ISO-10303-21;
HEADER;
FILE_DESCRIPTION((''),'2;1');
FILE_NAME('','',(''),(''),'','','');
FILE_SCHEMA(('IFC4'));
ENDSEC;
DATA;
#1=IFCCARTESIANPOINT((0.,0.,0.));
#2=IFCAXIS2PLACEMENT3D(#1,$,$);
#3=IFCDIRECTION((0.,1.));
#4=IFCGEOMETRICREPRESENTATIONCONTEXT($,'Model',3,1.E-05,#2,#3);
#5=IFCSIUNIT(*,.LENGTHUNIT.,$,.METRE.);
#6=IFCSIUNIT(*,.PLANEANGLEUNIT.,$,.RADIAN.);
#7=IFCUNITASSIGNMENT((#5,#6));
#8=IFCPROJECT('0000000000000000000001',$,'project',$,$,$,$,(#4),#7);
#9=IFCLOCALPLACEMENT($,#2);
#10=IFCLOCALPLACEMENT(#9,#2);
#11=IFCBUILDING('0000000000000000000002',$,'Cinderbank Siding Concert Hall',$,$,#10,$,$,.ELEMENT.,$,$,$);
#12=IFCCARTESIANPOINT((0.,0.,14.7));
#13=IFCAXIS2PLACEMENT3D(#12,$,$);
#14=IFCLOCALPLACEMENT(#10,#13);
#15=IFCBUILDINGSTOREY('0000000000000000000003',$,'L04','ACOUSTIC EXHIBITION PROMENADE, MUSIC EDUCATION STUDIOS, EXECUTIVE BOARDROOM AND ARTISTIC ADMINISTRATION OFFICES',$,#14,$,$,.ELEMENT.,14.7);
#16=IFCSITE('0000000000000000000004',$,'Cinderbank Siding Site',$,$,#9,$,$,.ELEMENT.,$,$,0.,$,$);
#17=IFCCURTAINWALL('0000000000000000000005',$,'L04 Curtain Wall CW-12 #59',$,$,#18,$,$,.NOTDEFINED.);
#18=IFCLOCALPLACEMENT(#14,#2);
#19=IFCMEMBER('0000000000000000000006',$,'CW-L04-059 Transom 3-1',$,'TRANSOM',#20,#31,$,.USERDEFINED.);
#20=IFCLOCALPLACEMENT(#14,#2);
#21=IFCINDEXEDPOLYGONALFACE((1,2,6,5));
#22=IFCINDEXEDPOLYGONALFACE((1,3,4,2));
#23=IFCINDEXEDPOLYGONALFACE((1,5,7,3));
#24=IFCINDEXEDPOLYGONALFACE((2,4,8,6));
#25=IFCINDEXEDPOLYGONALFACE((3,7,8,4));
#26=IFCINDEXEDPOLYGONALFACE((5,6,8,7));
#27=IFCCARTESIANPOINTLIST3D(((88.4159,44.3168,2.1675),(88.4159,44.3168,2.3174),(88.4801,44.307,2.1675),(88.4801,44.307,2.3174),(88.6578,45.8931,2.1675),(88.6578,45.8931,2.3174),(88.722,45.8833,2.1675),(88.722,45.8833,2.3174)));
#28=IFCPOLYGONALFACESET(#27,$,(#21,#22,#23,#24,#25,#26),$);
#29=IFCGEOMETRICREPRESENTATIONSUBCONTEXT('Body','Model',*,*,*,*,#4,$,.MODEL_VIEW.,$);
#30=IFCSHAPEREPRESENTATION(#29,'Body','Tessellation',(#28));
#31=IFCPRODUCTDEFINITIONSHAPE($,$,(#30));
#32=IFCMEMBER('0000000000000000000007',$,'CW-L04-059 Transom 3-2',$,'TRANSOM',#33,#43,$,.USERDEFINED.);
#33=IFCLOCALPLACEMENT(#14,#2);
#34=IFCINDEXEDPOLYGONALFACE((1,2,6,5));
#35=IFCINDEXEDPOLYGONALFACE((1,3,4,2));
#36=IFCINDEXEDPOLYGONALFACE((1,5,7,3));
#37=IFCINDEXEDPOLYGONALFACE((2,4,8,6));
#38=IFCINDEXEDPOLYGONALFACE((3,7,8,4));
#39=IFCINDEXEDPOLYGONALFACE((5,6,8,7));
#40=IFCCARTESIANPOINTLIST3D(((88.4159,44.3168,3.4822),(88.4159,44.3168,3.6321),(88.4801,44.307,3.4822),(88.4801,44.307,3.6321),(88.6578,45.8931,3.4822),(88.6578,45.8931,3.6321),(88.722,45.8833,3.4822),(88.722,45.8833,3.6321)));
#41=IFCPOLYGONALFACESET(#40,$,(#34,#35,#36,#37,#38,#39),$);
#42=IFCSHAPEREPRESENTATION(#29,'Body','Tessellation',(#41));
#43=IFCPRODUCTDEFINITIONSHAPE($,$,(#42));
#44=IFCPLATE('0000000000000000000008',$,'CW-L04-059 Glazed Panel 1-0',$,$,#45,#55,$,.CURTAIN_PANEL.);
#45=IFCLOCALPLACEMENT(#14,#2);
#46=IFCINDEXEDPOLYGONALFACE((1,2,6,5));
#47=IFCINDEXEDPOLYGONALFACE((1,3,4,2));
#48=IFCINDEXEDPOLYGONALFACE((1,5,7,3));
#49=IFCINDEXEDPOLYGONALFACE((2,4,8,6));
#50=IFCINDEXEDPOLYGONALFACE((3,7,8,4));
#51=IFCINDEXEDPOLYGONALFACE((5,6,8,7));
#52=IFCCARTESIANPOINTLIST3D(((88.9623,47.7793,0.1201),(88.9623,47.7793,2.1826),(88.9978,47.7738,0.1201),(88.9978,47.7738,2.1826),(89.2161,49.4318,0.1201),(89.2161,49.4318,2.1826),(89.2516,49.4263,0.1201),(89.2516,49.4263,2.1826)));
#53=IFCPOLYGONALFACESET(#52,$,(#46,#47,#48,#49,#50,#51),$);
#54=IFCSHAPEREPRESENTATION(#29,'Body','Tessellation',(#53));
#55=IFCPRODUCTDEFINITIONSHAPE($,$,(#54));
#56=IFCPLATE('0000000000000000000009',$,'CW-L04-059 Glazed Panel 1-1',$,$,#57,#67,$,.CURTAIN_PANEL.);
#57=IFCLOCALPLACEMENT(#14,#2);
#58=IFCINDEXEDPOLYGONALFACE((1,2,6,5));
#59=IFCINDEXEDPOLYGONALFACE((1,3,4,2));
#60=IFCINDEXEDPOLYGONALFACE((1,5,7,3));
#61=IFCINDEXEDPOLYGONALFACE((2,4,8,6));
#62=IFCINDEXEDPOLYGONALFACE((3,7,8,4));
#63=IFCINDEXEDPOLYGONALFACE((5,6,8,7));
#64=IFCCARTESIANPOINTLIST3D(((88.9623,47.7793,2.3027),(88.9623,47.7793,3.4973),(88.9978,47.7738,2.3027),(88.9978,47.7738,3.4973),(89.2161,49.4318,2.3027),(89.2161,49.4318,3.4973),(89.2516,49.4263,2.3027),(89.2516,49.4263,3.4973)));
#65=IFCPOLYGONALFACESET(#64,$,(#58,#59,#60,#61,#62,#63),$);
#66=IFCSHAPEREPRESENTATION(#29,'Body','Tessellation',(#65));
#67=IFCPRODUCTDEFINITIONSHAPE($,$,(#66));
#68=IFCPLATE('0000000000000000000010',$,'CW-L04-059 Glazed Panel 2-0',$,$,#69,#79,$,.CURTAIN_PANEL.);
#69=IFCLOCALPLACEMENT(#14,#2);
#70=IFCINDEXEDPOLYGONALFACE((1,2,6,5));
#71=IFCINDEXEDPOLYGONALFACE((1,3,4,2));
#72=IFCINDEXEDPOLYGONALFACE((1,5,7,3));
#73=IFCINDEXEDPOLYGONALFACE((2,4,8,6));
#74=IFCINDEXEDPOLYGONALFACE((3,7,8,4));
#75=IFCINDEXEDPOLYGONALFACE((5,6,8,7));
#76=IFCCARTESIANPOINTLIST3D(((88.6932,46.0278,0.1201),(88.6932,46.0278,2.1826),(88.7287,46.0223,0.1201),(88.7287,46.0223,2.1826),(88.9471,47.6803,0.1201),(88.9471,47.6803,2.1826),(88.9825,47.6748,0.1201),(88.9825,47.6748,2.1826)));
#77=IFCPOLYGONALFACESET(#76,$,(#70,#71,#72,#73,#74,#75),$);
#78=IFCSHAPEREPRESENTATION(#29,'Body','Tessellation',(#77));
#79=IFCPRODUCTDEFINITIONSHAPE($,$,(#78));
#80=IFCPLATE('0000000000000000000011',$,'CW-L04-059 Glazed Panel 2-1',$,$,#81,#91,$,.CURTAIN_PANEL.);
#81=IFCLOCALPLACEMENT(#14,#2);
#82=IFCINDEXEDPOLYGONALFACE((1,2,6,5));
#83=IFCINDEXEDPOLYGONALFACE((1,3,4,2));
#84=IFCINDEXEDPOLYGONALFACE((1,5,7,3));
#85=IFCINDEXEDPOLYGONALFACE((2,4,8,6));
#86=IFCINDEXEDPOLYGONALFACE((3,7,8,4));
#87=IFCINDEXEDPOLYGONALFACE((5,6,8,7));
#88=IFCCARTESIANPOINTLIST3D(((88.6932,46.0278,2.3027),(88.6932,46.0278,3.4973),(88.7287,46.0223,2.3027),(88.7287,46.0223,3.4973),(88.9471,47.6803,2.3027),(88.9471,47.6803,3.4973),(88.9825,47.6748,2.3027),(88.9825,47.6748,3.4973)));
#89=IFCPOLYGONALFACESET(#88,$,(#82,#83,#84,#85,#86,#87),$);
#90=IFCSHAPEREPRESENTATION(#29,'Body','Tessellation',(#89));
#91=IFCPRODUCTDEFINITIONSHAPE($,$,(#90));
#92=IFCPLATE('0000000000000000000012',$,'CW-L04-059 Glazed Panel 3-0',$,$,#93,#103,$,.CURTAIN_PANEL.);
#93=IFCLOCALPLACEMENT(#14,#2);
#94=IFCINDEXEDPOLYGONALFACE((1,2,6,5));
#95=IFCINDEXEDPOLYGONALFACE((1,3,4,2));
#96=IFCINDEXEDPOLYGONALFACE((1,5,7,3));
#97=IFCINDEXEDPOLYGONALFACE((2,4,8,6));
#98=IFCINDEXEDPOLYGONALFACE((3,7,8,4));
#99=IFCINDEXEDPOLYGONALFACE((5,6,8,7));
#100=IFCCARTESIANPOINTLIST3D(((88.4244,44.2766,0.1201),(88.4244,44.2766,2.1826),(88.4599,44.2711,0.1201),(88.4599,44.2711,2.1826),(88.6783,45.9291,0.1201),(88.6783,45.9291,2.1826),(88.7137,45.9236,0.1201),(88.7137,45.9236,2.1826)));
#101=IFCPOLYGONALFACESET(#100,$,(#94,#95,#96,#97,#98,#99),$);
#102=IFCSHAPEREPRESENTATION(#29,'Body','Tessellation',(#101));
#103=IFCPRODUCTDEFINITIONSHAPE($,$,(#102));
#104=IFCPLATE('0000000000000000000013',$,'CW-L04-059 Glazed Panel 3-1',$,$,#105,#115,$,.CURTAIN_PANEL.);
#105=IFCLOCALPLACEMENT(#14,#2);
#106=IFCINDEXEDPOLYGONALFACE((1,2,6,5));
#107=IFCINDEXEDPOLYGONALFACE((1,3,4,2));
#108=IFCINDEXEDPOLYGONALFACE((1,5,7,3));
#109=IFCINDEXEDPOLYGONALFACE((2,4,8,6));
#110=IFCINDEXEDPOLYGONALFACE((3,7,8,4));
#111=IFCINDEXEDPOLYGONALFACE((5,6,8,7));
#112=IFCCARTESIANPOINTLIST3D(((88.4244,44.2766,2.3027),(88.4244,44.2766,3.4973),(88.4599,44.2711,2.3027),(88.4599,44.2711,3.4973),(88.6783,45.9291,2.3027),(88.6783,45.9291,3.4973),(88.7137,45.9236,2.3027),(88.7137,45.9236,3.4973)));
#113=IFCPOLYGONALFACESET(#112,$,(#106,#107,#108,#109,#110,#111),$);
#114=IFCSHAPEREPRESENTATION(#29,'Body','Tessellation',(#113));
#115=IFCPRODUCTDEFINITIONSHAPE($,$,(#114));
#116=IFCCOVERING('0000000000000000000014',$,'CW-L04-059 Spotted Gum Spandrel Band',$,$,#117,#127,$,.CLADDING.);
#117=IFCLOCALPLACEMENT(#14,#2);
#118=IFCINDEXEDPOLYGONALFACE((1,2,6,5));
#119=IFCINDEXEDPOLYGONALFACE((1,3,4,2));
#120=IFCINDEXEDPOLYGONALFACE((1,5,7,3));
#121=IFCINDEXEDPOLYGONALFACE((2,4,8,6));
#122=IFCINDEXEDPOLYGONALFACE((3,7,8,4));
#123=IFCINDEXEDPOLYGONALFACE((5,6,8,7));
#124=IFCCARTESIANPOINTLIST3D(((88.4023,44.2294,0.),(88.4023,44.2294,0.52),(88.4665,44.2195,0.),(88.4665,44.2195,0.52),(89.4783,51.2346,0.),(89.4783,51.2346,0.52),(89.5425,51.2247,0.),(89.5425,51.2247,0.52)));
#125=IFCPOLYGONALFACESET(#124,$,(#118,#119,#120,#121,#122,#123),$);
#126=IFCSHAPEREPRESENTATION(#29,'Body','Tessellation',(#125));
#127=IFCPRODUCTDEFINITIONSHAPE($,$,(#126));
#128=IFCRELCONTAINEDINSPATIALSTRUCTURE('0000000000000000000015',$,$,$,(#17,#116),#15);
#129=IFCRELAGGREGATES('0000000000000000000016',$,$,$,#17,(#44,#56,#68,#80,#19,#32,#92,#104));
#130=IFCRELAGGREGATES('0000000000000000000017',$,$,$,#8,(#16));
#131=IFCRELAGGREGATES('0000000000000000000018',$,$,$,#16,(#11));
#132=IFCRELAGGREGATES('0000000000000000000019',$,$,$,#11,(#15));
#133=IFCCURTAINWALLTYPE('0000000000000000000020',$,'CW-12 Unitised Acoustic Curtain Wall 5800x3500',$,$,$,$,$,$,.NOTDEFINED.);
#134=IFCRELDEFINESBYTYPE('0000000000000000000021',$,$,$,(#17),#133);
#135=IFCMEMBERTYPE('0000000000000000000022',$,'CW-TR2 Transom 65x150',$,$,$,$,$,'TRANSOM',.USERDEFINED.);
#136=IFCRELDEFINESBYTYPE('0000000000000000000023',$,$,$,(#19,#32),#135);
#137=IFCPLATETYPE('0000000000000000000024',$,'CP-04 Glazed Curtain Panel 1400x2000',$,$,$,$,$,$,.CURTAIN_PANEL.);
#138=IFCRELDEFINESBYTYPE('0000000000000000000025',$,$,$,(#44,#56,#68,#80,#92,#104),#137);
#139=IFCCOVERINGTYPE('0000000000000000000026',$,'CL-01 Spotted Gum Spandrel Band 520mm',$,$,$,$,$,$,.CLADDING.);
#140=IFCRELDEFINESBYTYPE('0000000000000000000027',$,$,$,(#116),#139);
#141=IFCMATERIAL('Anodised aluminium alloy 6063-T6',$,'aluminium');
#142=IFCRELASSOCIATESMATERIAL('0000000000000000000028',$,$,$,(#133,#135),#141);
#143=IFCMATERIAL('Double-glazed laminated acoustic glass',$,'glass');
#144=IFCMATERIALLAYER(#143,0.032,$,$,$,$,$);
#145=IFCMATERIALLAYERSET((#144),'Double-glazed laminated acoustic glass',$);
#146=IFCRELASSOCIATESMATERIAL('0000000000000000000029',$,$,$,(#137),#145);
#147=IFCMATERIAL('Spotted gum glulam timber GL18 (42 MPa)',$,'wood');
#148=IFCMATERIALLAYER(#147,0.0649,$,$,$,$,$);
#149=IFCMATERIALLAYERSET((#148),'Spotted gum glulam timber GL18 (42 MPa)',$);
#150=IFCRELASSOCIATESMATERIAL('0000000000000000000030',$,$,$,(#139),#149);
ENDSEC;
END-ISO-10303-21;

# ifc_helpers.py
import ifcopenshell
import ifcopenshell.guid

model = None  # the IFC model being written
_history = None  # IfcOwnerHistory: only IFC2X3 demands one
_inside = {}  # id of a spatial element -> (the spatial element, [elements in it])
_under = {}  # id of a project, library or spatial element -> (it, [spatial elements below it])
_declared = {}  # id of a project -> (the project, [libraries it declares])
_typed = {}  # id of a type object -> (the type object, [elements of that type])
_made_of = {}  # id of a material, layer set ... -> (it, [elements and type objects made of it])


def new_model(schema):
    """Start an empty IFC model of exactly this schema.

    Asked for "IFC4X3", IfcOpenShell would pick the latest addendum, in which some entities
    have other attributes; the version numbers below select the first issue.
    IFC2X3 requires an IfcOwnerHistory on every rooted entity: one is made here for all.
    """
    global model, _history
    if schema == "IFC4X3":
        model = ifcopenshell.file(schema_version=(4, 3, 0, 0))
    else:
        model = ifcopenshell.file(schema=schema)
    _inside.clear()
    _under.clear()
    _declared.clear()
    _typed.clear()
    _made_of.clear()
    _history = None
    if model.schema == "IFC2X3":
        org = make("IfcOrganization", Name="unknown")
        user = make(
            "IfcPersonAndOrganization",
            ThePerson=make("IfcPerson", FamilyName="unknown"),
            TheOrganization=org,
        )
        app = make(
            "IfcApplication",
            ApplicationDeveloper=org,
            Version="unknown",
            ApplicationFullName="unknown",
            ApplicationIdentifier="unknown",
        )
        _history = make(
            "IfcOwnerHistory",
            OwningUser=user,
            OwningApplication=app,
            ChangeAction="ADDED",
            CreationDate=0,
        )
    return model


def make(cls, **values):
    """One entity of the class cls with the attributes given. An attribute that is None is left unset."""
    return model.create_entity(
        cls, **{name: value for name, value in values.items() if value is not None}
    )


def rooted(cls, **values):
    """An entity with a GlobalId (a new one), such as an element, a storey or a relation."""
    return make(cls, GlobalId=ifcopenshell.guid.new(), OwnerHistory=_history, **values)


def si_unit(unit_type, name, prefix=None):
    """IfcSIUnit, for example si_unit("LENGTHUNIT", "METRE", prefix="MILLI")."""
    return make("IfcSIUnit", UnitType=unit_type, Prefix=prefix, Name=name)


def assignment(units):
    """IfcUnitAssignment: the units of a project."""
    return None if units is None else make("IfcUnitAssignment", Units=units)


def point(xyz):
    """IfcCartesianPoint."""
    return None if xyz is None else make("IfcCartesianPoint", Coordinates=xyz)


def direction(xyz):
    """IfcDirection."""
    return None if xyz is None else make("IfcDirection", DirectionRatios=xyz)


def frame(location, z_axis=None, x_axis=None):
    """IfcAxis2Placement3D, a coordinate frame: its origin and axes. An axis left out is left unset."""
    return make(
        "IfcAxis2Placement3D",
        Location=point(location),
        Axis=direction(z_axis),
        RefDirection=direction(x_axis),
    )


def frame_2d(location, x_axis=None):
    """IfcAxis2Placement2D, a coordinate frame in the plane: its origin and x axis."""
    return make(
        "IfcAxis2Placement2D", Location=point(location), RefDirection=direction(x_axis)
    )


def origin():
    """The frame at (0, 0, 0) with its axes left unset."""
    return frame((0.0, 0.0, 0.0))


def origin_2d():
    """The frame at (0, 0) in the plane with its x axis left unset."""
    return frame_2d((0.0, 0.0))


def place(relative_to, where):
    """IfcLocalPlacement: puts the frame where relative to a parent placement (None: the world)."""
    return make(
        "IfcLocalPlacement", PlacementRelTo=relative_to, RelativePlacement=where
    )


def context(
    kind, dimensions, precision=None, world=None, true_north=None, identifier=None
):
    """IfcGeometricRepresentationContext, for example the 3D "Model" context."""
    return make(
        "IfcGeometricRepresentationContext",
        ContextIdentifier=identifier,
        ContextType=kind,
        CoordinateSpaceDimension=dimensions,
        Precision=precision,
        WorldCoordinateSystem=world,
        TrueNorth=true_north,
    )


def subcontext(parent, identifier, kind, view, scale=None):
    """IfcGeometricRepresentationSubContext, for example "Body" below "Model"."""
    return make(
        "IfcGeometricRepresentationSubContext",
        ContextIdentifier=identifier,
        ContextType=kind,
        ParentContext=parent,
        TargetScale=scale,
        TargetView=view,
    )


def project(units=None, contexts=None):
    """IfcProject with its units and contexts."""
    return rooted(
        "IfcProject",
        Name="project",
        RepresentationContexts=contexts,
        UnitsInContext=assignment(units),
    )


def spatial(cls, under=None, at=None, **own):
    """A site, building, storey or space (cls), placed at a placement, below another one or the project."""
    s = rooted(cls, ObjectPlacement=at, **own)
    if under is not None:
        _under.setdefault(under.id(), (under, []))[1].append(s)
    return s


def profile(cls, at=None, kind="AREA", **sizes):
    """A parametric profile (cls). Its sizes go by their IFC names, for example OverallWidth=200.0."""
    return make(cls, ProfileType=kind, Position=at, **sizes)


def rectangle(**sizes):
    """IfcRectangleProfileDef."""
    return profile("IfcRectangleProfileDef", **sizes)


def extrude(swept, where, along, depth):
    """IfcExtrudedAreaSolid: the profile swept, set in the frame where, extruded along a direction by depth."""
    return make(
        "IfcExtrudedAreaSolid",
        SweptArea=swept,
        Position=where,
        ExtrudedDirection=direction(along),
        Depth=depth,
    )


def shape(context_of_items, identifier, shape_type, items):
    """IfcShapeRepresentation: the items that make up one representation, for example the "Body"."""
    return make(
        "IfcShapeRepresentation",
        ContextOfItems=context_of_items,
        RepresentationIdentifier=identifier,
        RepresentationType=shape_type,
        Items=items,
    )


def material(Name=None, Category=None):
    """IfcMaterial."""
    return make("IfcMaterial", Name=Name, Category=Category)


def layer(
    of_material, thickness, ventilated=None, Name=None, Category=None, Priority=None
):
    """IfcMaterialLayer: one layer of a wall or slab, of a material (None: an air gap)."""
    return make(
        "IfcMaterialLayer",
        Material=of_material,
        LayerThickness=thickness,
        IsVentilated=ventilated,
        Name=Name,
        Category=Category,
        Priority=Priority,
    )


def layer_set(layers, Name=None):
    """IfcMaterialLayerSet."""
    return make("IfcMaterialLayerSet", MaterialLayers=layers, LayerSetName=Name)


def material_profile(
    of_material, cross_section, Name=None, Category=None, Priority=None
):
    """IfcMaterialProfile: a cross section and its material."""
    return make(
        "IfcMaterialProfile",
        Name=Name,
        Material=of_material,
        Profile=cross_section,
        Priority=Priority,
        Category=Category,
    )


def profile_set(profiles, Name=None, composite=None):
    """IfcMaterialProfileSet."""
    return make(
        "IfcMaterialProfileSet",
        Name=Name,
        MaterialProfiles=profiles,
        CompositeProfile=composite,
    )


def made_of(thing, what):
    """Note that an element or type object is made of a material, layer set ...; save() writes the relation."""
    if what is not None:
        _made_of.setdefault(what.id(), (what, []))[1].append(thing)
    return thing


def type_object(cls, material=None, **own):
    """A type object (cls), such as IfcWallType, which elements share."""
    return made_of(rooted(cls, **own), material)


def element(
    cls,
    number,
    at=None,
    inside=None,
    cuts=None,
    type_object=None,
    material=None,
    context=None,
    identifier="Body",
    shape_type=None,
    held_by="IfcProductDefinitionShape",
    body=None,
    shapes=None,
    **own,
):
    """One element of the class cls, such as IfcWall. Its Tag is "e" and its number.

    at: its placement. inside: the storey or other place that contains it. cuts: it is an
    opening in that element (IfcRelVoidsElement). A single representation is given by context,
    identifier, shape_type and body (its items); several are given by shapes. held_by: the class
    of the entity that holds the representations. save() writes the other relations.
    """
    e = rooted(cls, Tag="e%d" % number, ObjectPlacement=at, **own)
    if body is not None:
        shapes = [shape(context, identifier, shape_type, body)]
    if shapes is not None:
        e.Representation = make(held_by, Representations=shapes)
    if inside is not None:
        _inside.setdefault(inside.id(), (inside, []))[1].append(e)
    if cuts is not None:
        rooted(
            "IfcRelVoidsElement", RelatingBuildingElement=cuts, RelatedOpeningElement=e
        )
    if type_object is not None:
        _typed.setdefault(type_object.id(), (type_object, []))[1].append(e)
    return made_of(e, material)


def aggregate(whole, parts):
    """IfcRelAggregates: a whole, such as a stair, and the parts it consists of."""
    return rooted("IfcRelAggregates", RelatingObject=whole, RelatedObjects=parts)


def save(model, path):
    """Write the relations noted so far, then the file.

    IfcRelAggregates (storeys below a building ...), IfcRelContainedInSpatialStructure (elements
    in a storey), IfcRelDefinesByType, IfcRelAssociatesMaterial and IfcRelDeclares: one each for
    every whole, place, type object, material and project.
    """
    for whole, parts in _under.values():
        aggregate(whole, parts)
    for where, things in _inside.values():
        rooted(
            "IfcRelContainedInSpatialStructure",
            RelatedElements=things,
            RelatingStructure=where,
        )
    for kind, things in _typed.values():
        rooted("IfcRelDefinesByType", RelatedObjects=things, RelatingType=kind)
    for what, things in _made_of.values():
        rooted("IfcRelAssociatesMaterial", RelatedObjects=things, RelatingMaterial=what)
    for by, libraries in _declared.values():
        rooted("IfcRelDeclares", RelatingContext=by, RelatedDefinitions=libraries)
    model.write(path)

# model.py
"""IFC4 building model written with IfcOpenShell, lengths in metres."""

from ifc_helpers import new_model, si_unit, direction, frame, origin, origin_2d, place, context, subcontext, project, spatial, rectangle, extrude, material, layer, layer_set, material_profile, profile_set, type_object, element, aggregate, save


model = new_model("IFC4")

# Units and contexts
model_context = context("Model", 3, precision=1e-05, world=origin(), true_north=direction((0.0, 1.0)))
body_context = subcontext(model_context, "Body", "Model", "MODEL_VIEW")
ifc_project = project(units=[si_unit("LENGTHUNIT", "METRE"), si_unit("PLANEANGLEUNIT", "RADIAN")], contexts=[model_context])

# Site, building, storey
site_placement = place(None, origin())
site = spatial("IfcSite", under=ifc_project, at=site_placement, Name="Cinderbank Siding Site", CompositionType="ELEMENT", RefElevation=0.0)
building_placement = place(site_placement, origin())
building = spatial("IfcBuilding", under=site, at=building_placement, Name="Cinderbank Siding Concert Hall", CompositionType="ELEMENT")
storey_placement = place(building_placement, frame((0.0, 0.0, 14.7)))
storey = spatial("IfcBuildingStorey", under=building, at=storey_placement, Name="L04", Description="ACOUSTIC EXHIBITION PROMENADE, MUSIC EDUCATION STUDIOS, EXECUTIVE BOARDROOM AND ARTISTIC ADMINISTRATION OFFICES", CompositionType="ELEMENT", Elevation=14.7)

# Shared definitions
ifc_material_1 = material(Name="Anodised aluminium alloy 6063-T6", Category="aluminium")

# Curtain wall
curtain_wall_type_1 = type_object("IfcCurtainWallType", Name="CW-12 Unitised Acoustic Curtain Wall 5800x3500", PredefinedType="NOTDEFINED", material=ifc_material_1)
curtain_wall_1_placement = place(storey_placement, origin())
curtain_wall_1 = element("IfcCurtainWall", 1, at=curtain_wall_1_placement, inside=storey, type_object=curtain_wall_type_1, Name="L04 Curtain Wall CW-12 #59", PredefinedType="NOTDEFINED")

# Members
ifc_material_profile_1 = material_profile(ifc_material_1, rectangle(XDim=0.0649, YDim=0.1499, at=origin_2d()), Name="ALU-TRAN-65x150", Category="LoadBearing")
ifc_profile_set_1 = profile_set([ifc_material_profile_1], Name="Anodised aluminium alloy 6063-T6")
member_type_1 = type_object("IfcMemberType", Name="CW-TR2 Transom 65x150", ElementType="TRANSOM", PredefinedType="USERDEFINED", material=ifc_profile_set_1)
member_1_placement = place(storey_placement, frame((88.6899, 45.8882, 2.2424), z_axis=(-0.151724, -0.988423, 0.0), x_axis=(0.988423, -0.151724, 0.0)))
member_1 = element("IfcMember", 2, at=member_1_placement, type_object=member_type_1, Name="CW-L04-059 Transom 3-1", ObjectType="TRANSOM", PredefinedType="USERDEFINED", context=body_context, shape_type="SweptSolid", body=[
    extrude(rectangle(XDim=0.0649, YDim=0.1499, at=origin_2d()), origin(), (0.0, 0.0, 1.0), 1.5947),
])
member_2_placement = place(storey_placement, frame((88.6899, 45.8882, 3.5571), z_axis=(-0.151724, -0.988423, 0.0), x_axis=(0.988423, -0.151724, 0.0)))
member_2 = element("IfcMember", 3, at=member_2_placement, type_object=member_type_1, Name="CW-L04-059 Transom 3-2", ObjectType="TRANSOM", PredefinedType="USERDEFINED", context=body_context, shape_type="SweptSolid", body=[
    extrude(rectangle(XDim=0.0649, YDim=0.1499, at=origin_2d()), origin(), (0.0, 0.0, 1.0), 1.5947),
])

# Plates
ifc_material_2 = material(Name="Double-glazed laminated acoustic glass", Category="glass")
ifc_layer_1 = layer(ifc_material_2, 0.032)
ifc_layer_set_1 = layer_set([ifc_layer_1], Name="Double-glazed laminated acoustic glass")
plate_type = type_object("IfcPlateType", Name="CP-04 Glazed Curtain Panel 1400x2000", PredefinedType="CURTAIN_PANEL", material=ifc_layer_set_1)
plate_1_placement = place(storey_placement, frame((89.1069, 48.6028, 0.1201), z_axis=(0.0, 0.0, 1.0), x_axis=(-0.151815, -0.988409, 0.0)))
plate_1 = element("IfcPlate", 4, at=plate_1_placement, type_object=plate_type, Name="CW-L04-059 Glazed Panel 1-0", PredefinedType="CURTAIN_PANEL", context=body_context, shape_type="SweptSolid", body=[
    extrude(rectangle(XDim=1.6719, YDim=0.0359, at=origin_2d()), origin(), (0.0, 0.0, 1.0), 2.0625),
])
plate_2_placement = place(storey_placement, frame((89.1069, 48.6028, 2.3027), z_axis=(0.0, 0.0, 1.0), x_axis=(-0.151815, -0.988409, 0.0)))
plate_2 = element("IfcPlate", 5, at=plate_2_placement, type_object=plate_type, Name="CW-L04-059 Glazed Panel 1-1", PredefinedType="CURTAIN_PANEL", context=body_context, shape_type="SweptSolid", body=[
    extrude(rectangle(XDim=1.6719, YDim=0.0359, at=origin_2d()), origin(), (0.0, 0.0, 1.0), 1.1946),
])
plate_3_placement = place(storey_placement, frame((88.8379, 46.8513, 0.1201), z_axis=(0.0, 0.0, 1.0), x_axis=(-0.151815, -0.988409, 0.0)))
plate_3 = element("IfcPlate", 6, at=plate_3_placement, type_object=plate_type, Name="CW-L04-059 Glazed Panel 2-0", PredefinedType="CURTAIN_PANEL", context=body_context, shape_type="SweptSolid", body=[
    extrude(rectangle(XDim=1.6719, YDim=0.0359, at=origin_2d()), origin(), (0.0, 0.0, 1.0), 2.0625),
])
plate_4_placement = place(storey_placement, frame((88.8379, 46.8513, 2.3027), z_axis=(0.0, 0.0, 1.0), x_axis=(-0.151815, -0.988409, 0.0)))
plate_4 = element("IfcPlate", 7, at=plate_4_placement, type_object=plate_type, Name="CW-L04-059 Glazed Panel 2-1", PredefinedType="CURTAIN_PANEL", context=body_context, shape_type="SweptSolid", body=[
    extrude(rectangle(XDim=1.6719, YDim=0.0359, at=origin_2d()), origin(), (0.0, 0.0, 1.0), 1.1946),
])
plate_5_placement = place(storey_placement, frame((88.5691, 45.1001, 0.1201), z_axis=(0.0, 0.0, 1.0), x_axis=(-0.151815, -0.988409, 0.0)))
plate_5 = element("IfcPlate", 8, at=plate_5_placement, type_object=plate_type, Name="CW-L04-059 Glazed Panel 3-0", PredefinedType="CURTAIN_PANEL", context=body_context, shape_type="SweptSolid", body=[
    extrude(rectangle(XDim=1.6719, YDim=0.0359, at=origin_2d()), origin(), (0.0, 0.0, 1.0), 2.0625),
])
plate_6_placement = place(storey_placement, frame((88.5691, 45.1001, 2.3027), z_axis=(0.0, 0.0, 1.0), x_axis=(-0.151815, -0.988409, 0.0)))
plate_6 = element("IfcPlate", 9, at=plate_6_placement, type_object=plate_type, Name="CW-L04-059 Glazed Panel 3-1", PredefinedType="CURTAIN_PANEL", context=body_context, shape_type="SweptSolid", body=[
    extrude(rectangle(XDim=1.6719, YDim=0.0359, at=origin_2d()), origin(), (0.0, 0.0, 1.0), 1.1946),
])
aggregate(curtain_wall_1, [plate_1, plate_2, plate_3, plate_4, member_1, member_2, plate_5, plate_6])

# Covering
ifc_material_3 = material(Name="Spotted gum glulam timber GL18 (42 MPa)", Category="wood")
ifc_layer_2 = layer(ifc_material_3, 0.0649)
ifc_layer_set_2 = layer_set([ifc_layer_2], Name="Spotted gum glulam timber GL18 (42 MPa)")
covering_type = type_object("IfcCoveringType", Name="CL-01 Spotted Gum Spandrel Band 520mm", PredefinedType="CLADDING", material=ifc_layer_set_2)
covering_placement = place(storey_placement, frame((88.9724, 47.7271, 0.0), z_axis=(0.0, 0.0, 1.0), x_axis=(-0.151815, -0.988409, 0.0)))
element("IfcCovering", 10, at=covering_placement, inside=storey, type_object=covering_type, Name="CW-L04-059 Spotted Gum Spandrel Band", PredefinedType="CLADDING", context=body_context, shape_type="SweptSolid", body=[
    extrude(rectangle(XDim=7.0874, YDim=0.0649, at=origin_2d()), origin(), (0.0, 0.0, 1.0), 0.52),
])

save(model, "model.ifc")
